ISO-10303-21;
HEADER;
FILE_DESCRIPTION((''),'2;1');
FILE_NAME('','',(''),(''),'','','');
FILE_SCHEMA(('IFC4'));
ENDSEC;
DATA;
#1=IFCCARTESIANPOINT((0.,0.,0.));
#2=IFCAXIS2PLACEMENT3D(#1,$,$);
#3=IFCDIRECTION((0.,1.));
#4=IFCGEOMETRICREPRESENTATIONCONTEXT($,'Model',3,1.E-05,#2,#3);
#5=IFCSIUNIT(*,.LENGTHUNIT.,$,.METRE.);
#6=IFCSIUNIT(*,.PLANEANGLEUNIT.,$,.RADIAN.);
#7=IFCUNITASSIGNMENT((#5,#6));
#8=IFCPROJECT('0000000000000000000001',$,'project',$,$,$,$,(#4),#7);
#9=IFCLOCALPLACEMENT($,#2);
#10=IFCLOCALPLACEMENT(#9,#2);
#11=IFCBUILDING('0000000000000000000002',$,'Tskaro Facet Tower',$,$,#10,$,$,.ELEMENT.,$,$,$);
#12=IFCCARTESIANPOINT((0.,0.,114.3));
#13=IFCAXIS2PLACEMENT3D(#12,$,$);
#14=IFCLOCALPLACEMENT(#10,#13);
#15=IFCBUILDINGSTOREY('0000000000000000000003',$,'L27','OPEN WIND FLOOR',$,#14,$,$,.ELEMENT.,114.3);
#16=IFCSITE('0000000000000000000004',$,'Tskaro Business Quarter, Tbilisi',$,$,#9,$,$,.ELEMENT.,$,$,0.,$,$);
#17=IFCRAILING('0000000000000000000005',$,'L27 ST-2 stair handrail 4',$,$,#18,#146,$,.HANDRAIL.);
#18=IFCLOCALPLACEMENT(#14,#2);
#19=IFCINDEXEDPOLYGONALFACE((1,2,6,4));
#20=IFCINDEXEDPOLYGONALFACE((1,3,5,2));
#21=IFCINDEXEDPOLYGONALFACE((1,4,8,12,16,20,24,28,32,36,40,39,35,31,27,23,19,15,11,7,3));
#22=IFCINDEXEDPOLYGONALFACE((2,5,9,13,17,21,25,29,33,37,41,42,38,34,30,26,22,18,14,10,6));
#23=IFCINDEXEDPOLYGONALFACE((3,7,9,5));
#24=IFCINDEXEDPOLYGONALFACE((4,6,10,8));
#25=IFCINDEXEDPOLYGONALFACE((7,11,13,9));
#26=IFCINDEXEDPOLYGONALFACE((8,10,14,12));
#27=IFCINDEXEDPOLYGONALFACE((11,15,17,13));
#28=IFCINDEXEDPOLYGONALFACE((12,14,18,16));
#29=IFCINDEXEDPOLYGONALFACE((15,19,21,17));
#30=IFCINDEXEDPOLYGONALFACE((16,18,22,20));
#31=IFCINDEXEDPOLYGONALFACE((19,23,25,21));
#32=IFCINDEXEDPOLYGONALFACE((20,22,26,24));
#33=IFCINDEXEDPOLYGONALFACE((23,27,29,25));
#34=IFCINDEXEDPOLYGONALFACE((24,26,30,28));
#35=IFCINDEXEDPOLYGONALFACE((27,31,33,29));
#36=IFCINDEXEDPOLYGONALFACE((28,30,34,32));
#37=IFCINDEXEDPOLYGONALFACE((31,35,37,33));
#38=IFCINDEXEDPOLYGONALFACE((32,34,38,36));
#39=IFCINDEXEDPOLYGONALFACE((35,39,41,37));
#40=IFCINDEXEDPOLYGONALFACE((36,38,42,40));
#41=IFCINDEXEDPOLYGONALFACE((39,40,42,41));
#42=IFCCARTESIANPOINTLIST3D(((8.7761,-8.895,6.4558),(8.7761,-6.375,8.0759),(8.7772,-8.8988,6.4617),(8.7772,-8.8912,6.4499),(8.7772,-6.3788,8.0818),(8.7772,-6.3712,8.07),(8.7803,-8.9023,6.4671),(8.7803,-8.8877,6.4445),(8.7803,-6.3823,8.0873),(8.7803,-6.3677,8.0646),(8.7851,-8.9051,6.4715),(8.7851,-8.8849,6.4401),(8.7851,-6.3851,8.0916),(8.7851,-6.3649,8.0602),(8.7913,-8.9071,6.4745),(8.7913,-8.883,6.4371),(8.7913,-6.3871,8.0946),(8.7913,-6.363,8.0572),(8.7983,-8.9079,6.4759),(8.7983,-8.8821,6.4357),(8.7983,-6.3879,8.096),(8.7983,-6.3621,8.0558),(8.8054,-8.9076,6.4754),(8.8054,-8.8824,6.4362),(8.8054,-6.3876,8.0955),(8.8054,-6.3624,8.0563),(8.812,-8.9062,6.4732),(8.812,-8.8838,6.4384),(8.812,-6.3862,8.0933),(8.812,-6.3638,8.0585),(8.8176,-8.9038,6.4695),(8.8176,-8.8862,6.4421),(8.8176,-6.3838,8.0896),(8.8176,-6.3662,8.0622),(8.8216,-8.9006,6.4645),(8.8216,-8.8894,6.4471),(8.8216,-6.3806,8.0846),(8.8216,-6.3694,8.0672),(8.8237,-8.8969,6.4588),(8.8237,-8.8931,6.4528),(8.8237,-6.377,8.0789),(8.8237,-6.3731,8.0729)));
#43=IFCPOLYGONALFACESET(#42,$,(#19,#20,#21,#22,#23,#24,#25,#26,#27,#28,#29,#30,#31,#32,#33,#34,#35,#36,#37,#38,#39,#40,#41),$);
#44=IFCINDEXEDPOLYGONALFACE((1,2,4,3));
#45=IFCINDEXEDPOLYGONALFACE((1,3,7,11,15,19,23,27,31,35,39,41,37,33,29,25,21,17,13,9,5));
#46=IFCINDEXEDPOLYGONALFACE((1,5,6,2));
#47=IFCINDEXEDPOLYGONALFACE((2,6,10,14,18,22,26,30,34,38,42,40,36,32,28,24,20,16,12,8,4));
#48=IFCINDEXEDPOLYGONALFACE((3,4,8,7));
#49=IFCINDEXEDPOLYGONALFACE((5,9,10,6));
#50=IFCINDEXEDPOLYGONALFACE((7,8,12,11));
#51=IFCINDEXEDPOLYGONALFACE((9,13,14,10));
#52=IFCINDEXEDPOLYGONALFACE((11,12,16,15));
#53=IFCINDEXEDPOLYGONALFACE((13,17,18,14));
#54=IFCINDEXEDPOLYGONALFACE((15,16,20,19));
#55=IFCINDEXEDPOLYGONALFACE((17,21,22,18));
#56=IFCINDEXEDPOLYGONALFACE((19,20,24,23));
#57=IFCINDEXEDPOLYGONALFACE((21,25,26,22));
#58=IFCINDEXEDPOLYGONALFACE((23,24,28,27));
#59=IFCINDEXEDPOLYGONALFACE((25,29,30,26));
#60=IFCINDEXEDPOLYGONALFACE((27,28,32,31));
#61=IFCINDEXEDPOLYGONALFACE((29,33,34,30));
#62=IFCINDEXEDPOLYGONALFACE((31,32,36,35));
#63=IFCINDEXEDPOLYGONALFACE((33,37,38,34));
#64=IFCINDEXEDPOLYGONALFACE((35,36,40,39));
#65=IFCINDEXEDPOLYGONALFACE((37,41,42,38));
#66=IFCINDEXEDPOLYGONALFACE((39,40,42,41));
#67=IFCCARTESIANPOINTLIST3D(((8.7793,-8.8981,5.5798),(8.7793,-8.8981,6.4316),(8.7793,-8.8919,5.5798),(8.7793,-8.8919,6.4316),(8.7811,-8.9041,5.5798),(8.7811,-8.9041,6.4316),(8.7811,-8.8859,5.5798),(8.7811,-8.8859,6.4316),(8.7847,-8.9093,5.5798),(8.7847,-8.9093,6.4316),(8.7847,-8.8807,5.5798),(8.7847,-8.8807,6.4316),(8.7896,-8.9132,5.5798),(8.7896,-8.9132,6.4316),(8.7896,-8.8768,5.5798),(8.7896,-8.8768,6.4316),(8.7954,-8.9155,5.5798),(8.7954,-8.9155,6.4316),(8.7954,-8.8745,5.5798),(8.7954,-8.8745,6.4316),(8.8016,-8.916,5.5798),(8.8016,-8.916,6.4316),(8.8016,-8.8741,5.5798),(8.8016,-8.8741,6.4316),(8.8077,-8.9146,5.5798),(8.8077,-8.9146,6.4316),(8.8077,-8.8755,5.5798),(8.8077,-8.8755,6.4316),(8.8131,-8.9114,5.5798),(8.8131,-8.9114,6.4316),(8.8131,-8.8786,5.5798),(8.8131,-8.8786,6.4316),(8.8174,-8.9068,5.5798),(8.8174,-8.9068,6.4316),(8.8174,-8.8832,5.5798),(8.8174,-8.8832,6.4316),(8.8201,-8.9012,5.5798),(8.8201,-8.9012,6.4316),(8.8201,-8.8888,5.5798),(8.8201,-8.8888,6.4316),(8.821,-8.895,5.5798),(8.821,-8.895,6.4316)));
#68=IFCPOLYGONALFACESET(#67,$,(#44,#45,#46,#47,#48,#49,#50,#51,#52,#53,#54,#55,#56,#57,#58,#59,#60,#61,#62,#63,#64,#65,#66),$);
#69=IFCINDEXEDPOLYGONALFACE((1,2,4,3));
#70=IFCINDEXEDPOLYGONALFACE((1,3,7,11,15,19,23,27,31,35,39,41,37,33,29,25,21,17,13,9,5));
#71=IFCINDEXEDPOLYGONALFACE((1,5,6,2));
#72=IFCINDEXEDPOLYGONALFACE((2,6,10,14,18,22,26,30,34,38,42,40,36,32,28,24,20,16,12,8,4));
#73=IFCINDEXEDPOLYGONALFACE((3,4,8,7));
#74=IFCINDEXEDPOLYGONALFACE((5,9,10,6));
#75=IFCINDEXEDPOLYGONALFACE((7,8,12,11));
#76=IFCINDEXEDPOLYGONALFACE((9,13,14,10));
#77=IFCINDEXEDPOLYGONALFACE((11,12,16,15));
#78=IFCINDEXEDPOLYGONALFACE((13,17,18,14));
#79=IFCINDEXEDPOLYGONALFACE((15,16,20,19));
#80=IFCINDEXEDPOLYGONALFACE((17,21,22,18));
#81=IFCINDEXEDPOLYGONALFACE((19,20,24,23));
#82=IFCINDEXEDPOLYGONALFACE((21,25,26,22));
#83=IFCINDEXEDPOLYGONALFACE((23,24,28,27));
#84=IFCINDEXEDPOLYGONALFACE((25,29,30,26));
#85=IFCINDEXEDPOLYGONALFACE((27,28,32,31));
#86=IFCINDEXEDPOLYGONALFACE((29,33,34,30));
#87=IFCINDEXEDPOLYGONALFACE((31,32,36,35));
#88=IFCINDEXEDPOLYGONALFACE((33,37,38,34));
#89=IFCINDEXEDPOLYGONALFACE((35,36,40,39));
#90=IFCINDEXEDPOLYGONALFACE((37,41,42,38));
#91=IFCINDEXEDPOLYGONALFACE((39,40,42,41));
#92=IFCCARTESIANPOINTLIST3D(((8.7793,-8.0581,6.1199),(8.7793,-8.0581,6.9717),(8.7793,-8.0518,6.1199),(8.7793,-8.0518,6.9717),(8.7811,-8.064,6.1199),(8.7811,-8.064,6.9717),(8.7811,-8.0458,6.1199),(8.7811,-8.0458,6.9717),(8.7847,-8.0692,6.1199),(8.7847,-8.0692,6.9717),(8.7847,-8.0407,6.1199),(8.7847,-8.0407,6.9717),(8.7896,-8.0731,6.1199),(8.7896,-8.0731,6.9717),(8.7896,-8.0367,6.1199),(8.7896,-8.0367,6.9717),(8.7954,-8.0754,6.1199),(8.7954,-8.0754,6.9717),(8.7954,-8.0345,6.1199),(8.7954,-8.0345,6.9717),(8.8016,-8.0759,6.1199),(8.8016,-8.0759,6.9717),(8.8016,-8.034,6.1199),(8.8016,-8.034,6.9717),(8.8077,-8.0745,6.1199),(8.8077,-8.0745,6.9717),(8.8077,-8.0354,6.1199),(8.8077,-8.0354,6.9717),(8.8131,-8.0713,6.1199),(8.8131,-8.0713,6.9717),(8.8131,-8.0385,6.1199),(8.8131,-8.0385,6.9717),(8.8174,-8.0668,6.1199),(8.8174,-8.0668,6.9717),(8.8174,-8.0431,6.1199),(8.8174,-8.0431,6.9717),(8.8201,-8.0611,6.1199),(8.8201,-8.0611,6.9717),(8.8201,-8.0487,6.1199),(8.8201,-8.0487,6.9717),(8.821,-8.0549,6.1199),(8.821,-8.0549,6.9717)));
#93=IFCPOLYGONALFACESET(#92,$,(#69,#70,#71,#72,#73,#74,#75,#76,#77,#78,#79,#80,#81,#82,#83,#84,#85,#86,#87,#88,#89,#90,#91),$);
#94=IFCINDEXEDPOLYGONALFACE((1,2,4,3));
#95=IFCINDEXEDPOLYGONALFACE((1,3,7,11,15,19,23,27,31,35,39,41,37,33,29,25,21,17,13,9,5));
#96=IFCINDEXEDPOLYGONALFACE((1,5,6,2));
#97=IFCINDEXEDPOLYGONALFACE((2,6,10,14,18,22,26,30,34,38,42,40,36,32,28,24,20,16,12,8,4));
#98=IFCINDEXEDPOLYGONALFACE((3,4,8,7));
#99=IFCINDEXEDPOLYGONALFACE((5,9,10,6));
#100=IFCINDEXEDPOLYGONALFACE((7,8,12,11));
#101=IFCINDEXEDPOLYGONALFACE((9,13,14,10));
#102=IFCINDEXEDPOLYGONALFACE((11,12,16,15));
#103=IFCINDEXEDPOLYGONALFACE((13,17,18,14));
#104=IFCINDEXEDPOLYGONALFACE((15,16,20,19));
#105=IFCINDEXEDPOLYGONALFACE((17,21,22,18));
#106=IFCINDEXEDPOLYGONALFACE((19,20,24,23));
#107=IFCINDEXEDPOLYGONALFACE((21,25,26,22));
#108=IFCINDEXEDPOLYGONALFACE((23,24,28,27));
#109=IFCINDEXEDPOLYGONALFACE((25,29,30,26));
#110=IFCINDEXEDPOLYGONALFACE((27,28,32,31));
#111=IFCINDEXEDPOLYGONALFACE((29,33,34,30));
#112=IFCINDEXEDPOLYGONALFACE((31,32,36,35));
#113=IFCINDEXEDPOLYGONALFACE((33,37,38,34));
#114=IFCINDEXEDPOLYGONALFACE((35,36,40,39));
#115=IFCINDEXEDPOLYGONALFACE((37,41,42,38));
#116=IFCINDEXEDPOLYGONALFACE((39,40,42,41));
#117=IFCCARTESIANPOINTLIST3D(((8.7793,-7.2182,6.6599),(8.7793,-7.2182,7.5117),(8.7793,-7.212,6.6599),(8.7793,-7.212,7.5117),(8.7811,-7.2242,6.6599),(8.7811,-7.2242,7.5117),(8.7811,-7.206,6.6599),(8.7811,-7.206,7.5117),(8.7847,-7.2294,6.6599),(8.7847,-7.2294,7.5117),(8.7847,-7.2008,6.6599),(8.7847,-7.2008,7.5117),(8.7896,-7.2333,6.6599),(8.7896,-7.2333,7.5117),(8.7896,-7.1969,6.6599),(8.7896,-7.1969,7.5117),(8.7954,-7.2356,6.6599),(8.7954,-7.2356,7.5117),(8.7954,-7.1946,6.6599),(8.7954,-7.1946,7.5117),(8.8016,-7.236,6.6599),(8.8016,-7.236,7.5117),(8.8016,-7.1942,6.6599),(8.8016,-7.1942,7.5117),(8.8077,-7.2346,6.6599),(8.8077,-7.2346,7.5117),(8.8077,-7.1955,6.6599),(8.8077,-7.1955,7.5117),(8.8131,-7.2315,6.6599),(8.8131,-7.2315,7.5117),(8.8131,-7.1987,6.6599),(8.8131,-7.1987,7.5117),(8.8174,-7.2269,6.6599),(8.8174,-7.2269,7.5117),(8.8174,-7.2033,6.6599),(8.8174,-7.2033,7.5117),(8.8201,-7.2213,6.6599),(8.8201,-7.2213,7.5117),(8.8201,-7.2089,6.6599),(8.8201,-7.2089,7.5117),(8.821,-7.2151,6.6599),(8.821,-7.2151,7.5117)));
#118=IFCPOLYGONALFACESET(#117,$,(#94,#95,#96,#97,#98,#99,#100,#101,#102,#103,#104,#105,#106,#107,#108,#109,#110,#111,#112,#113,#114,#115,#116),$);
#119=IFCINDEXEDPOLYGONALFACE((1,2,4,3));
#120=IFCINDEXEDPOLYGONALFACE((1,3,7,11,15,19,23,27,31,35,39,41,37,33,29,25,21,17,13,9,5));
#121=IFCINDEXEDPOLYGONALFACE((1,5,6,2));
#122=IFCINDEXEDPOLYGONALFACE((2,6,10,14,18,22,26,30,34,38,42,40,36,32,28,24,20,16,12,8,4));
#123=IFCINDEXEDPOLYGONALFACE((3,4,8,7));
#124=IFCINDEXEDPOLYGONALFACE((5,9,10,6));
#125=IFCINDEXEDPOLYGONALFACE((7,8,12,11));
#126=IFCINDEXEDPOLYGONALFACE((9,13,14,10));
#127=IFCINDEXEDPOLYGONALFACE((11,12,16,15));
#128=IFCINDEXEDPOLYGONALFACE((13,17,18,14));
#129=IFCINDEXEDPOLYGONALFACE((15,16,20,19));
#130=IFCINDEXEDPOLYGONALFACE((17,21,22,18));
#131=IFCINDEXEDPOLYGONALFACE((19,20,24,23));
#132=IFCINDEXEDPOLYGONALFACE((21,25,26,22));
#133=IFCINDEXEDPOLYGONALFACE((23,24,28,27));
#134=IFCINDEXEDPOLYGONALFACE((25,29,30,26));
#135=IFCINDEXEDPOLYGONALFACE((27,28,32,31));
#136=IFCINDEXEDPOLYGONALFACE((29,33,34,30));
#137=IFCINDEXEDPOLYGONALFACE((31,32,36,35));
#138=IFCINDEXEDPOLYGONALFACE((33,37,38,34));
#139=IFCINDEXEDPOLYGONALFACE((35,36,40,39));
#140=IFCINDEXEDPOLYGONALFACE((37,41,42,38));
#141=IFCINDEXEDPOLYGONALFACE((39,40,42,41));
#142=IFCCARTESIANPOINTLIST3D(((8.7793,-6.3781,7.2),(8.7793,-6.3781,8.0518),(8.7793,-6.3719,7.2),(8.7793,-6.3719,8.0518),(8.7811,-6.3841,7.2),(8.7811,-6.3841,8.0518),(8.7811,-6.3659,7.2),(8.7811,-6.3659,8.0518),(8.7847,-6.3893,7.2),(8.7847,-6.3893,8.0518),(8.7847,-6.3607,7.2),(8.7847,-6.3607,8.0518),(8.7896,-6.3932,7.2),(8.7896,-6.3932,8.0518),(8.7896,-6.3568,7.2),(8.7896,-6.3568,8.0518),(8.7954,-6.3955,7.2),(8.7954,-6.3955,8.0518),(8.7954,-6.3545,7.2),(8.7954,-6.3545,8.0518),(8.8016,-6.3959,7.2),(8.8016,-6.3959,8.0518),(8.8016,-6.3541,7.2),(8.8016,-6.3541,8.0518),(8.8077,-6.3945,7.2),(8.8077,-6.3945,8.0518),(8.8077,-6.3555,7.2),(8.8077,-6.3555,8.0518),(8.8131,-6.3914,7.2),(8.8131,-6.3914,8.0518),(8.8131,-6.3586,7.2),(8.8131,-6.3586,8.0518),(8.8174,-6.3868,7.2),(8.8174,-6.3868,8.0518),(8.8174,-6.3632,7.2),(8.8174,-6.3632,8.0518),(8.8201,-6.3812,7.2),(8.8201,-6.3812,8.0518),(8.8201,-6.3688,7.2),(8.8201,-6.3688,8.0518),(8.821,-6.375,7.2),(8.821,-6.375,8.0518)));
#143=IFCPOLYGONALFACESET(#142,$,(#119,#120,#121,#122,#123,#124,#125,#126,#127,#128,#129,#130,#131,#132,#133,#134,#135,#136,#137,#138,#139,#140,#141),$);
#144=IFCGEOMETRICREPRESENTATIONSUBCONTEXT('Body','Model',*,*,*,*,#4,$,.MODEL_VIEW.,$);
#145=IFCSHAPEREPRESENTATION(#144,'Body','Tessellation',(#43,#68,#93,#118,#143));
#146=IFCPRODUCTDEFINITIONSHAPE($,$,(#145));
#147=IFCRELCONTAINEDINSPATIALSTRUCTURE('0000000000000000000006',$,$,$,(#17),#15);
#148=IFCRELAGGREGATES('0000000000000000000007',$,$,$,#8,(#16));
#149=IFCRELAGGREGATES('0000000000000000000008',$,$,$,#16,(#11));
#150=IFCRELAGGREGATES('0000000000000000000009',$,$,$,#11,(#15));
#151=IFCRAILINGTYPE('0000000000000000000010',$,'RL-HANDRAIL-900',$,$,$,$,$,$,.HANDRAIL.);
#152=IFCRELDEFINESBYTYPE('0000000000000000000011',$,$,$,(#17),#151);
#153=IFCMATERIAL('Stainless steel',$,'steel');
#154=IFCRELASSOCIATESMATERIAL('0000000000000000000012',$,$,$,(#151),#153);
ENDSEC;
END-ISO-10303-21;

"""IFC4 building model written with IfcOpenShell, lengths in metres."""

from ifc_helpers import new_model, si_unit, direction, frame, origin, origin_2d, place, context, subcontext, project, spatial, circle, extrude, material, type_object, element, save


model = new_model("IFC4")

# Units and contexts
model_context = context("Model", 3, precision=1e-05, world=origin(), true_north=direction((0.0, 1.0)))
body_context = subcontext(model_context, "Body", "Model", "MODEL_VIEW")
ifc_project = project(units=[si_unit("LENGTHUNIT", "METRE"), si_unit("PLANEANGLEUNIT", "RADIAN")], contexts=[model_context])

# Site, building, storey
site_placement = place(None, origin())
site = spatial("IfcSite", under=ifc_project, at=site_placement, Name="Tskaro Business Quarter, Tbilisi", CompositionType="ELEMENT", RefElevation=0.0)
building_placement = place(site_placement, origin())
building = spatial("IfcBuilding", under=site, at=building_placement, Name="Tskaro Facet Tower", CompositionType="ELEMENT")
storey_placement = place(building_placement, frame((0.0, 0.0, 114.3)))
storey = spatial("IfcBuildingStorey", under=building, at=storey_placement, Name="L27", Description="OPEN WIND FLOOR", CompositionType="ELEMENT", Elevation=114.3)

# Railing
ifc_material_1 = material(Name="Stainless steel", Category="steel")
railing_type_1 = type_object("IfcRailingType", Name="RL-HANDRAIL-900", PredefinedType="HANDRAIL", material=ifc_material_1)
railing_1_placement = place(storey_placement, frame((8.8, -8.895, 5.5798)))
element("IfcRailing", 1, at=railing_1_placement, inside=storey, type_object=railing_type_1, Name="L27 ST-2 stair handrail 4", PredefinedType="HANDRAIL", context=body_context, shape_type="SweptSolid", body=[
    extrude(circle(Radius=0.0239, at=origin_2d()), frame((0.0, 0.0, 0.876), z_axis=(0.0, 0.841163, 0.540782), x_axis=(-1.0, 0.0, 0.0)), (0.0, 0.0, 1.0), 2.9958),
    extrude(circle(Radius=0.021, at=origin_2d()), origin(), (0.0, 0.0, 1.0), 0.8518),
    extrude(circle(Radius=0.021, at=origin_2d()), frame((0.0, 0.8401, 0.54)), (0.0, 0.0, 1.0), 0.8518),
    extrude(circle(Radius=0.021, at=origin_2d()), frame((0.0, 1.6799, 1.0801)), (0.0, 0.0, 1.0), 0.8518),
    extrude(circle(Radius=0.021, at=origin_2d()), frame((0.0, 2.52, 1.6201)), (0.0, 0.0, 1.0), 0.8518),
])

save(model, "model.ifc")
